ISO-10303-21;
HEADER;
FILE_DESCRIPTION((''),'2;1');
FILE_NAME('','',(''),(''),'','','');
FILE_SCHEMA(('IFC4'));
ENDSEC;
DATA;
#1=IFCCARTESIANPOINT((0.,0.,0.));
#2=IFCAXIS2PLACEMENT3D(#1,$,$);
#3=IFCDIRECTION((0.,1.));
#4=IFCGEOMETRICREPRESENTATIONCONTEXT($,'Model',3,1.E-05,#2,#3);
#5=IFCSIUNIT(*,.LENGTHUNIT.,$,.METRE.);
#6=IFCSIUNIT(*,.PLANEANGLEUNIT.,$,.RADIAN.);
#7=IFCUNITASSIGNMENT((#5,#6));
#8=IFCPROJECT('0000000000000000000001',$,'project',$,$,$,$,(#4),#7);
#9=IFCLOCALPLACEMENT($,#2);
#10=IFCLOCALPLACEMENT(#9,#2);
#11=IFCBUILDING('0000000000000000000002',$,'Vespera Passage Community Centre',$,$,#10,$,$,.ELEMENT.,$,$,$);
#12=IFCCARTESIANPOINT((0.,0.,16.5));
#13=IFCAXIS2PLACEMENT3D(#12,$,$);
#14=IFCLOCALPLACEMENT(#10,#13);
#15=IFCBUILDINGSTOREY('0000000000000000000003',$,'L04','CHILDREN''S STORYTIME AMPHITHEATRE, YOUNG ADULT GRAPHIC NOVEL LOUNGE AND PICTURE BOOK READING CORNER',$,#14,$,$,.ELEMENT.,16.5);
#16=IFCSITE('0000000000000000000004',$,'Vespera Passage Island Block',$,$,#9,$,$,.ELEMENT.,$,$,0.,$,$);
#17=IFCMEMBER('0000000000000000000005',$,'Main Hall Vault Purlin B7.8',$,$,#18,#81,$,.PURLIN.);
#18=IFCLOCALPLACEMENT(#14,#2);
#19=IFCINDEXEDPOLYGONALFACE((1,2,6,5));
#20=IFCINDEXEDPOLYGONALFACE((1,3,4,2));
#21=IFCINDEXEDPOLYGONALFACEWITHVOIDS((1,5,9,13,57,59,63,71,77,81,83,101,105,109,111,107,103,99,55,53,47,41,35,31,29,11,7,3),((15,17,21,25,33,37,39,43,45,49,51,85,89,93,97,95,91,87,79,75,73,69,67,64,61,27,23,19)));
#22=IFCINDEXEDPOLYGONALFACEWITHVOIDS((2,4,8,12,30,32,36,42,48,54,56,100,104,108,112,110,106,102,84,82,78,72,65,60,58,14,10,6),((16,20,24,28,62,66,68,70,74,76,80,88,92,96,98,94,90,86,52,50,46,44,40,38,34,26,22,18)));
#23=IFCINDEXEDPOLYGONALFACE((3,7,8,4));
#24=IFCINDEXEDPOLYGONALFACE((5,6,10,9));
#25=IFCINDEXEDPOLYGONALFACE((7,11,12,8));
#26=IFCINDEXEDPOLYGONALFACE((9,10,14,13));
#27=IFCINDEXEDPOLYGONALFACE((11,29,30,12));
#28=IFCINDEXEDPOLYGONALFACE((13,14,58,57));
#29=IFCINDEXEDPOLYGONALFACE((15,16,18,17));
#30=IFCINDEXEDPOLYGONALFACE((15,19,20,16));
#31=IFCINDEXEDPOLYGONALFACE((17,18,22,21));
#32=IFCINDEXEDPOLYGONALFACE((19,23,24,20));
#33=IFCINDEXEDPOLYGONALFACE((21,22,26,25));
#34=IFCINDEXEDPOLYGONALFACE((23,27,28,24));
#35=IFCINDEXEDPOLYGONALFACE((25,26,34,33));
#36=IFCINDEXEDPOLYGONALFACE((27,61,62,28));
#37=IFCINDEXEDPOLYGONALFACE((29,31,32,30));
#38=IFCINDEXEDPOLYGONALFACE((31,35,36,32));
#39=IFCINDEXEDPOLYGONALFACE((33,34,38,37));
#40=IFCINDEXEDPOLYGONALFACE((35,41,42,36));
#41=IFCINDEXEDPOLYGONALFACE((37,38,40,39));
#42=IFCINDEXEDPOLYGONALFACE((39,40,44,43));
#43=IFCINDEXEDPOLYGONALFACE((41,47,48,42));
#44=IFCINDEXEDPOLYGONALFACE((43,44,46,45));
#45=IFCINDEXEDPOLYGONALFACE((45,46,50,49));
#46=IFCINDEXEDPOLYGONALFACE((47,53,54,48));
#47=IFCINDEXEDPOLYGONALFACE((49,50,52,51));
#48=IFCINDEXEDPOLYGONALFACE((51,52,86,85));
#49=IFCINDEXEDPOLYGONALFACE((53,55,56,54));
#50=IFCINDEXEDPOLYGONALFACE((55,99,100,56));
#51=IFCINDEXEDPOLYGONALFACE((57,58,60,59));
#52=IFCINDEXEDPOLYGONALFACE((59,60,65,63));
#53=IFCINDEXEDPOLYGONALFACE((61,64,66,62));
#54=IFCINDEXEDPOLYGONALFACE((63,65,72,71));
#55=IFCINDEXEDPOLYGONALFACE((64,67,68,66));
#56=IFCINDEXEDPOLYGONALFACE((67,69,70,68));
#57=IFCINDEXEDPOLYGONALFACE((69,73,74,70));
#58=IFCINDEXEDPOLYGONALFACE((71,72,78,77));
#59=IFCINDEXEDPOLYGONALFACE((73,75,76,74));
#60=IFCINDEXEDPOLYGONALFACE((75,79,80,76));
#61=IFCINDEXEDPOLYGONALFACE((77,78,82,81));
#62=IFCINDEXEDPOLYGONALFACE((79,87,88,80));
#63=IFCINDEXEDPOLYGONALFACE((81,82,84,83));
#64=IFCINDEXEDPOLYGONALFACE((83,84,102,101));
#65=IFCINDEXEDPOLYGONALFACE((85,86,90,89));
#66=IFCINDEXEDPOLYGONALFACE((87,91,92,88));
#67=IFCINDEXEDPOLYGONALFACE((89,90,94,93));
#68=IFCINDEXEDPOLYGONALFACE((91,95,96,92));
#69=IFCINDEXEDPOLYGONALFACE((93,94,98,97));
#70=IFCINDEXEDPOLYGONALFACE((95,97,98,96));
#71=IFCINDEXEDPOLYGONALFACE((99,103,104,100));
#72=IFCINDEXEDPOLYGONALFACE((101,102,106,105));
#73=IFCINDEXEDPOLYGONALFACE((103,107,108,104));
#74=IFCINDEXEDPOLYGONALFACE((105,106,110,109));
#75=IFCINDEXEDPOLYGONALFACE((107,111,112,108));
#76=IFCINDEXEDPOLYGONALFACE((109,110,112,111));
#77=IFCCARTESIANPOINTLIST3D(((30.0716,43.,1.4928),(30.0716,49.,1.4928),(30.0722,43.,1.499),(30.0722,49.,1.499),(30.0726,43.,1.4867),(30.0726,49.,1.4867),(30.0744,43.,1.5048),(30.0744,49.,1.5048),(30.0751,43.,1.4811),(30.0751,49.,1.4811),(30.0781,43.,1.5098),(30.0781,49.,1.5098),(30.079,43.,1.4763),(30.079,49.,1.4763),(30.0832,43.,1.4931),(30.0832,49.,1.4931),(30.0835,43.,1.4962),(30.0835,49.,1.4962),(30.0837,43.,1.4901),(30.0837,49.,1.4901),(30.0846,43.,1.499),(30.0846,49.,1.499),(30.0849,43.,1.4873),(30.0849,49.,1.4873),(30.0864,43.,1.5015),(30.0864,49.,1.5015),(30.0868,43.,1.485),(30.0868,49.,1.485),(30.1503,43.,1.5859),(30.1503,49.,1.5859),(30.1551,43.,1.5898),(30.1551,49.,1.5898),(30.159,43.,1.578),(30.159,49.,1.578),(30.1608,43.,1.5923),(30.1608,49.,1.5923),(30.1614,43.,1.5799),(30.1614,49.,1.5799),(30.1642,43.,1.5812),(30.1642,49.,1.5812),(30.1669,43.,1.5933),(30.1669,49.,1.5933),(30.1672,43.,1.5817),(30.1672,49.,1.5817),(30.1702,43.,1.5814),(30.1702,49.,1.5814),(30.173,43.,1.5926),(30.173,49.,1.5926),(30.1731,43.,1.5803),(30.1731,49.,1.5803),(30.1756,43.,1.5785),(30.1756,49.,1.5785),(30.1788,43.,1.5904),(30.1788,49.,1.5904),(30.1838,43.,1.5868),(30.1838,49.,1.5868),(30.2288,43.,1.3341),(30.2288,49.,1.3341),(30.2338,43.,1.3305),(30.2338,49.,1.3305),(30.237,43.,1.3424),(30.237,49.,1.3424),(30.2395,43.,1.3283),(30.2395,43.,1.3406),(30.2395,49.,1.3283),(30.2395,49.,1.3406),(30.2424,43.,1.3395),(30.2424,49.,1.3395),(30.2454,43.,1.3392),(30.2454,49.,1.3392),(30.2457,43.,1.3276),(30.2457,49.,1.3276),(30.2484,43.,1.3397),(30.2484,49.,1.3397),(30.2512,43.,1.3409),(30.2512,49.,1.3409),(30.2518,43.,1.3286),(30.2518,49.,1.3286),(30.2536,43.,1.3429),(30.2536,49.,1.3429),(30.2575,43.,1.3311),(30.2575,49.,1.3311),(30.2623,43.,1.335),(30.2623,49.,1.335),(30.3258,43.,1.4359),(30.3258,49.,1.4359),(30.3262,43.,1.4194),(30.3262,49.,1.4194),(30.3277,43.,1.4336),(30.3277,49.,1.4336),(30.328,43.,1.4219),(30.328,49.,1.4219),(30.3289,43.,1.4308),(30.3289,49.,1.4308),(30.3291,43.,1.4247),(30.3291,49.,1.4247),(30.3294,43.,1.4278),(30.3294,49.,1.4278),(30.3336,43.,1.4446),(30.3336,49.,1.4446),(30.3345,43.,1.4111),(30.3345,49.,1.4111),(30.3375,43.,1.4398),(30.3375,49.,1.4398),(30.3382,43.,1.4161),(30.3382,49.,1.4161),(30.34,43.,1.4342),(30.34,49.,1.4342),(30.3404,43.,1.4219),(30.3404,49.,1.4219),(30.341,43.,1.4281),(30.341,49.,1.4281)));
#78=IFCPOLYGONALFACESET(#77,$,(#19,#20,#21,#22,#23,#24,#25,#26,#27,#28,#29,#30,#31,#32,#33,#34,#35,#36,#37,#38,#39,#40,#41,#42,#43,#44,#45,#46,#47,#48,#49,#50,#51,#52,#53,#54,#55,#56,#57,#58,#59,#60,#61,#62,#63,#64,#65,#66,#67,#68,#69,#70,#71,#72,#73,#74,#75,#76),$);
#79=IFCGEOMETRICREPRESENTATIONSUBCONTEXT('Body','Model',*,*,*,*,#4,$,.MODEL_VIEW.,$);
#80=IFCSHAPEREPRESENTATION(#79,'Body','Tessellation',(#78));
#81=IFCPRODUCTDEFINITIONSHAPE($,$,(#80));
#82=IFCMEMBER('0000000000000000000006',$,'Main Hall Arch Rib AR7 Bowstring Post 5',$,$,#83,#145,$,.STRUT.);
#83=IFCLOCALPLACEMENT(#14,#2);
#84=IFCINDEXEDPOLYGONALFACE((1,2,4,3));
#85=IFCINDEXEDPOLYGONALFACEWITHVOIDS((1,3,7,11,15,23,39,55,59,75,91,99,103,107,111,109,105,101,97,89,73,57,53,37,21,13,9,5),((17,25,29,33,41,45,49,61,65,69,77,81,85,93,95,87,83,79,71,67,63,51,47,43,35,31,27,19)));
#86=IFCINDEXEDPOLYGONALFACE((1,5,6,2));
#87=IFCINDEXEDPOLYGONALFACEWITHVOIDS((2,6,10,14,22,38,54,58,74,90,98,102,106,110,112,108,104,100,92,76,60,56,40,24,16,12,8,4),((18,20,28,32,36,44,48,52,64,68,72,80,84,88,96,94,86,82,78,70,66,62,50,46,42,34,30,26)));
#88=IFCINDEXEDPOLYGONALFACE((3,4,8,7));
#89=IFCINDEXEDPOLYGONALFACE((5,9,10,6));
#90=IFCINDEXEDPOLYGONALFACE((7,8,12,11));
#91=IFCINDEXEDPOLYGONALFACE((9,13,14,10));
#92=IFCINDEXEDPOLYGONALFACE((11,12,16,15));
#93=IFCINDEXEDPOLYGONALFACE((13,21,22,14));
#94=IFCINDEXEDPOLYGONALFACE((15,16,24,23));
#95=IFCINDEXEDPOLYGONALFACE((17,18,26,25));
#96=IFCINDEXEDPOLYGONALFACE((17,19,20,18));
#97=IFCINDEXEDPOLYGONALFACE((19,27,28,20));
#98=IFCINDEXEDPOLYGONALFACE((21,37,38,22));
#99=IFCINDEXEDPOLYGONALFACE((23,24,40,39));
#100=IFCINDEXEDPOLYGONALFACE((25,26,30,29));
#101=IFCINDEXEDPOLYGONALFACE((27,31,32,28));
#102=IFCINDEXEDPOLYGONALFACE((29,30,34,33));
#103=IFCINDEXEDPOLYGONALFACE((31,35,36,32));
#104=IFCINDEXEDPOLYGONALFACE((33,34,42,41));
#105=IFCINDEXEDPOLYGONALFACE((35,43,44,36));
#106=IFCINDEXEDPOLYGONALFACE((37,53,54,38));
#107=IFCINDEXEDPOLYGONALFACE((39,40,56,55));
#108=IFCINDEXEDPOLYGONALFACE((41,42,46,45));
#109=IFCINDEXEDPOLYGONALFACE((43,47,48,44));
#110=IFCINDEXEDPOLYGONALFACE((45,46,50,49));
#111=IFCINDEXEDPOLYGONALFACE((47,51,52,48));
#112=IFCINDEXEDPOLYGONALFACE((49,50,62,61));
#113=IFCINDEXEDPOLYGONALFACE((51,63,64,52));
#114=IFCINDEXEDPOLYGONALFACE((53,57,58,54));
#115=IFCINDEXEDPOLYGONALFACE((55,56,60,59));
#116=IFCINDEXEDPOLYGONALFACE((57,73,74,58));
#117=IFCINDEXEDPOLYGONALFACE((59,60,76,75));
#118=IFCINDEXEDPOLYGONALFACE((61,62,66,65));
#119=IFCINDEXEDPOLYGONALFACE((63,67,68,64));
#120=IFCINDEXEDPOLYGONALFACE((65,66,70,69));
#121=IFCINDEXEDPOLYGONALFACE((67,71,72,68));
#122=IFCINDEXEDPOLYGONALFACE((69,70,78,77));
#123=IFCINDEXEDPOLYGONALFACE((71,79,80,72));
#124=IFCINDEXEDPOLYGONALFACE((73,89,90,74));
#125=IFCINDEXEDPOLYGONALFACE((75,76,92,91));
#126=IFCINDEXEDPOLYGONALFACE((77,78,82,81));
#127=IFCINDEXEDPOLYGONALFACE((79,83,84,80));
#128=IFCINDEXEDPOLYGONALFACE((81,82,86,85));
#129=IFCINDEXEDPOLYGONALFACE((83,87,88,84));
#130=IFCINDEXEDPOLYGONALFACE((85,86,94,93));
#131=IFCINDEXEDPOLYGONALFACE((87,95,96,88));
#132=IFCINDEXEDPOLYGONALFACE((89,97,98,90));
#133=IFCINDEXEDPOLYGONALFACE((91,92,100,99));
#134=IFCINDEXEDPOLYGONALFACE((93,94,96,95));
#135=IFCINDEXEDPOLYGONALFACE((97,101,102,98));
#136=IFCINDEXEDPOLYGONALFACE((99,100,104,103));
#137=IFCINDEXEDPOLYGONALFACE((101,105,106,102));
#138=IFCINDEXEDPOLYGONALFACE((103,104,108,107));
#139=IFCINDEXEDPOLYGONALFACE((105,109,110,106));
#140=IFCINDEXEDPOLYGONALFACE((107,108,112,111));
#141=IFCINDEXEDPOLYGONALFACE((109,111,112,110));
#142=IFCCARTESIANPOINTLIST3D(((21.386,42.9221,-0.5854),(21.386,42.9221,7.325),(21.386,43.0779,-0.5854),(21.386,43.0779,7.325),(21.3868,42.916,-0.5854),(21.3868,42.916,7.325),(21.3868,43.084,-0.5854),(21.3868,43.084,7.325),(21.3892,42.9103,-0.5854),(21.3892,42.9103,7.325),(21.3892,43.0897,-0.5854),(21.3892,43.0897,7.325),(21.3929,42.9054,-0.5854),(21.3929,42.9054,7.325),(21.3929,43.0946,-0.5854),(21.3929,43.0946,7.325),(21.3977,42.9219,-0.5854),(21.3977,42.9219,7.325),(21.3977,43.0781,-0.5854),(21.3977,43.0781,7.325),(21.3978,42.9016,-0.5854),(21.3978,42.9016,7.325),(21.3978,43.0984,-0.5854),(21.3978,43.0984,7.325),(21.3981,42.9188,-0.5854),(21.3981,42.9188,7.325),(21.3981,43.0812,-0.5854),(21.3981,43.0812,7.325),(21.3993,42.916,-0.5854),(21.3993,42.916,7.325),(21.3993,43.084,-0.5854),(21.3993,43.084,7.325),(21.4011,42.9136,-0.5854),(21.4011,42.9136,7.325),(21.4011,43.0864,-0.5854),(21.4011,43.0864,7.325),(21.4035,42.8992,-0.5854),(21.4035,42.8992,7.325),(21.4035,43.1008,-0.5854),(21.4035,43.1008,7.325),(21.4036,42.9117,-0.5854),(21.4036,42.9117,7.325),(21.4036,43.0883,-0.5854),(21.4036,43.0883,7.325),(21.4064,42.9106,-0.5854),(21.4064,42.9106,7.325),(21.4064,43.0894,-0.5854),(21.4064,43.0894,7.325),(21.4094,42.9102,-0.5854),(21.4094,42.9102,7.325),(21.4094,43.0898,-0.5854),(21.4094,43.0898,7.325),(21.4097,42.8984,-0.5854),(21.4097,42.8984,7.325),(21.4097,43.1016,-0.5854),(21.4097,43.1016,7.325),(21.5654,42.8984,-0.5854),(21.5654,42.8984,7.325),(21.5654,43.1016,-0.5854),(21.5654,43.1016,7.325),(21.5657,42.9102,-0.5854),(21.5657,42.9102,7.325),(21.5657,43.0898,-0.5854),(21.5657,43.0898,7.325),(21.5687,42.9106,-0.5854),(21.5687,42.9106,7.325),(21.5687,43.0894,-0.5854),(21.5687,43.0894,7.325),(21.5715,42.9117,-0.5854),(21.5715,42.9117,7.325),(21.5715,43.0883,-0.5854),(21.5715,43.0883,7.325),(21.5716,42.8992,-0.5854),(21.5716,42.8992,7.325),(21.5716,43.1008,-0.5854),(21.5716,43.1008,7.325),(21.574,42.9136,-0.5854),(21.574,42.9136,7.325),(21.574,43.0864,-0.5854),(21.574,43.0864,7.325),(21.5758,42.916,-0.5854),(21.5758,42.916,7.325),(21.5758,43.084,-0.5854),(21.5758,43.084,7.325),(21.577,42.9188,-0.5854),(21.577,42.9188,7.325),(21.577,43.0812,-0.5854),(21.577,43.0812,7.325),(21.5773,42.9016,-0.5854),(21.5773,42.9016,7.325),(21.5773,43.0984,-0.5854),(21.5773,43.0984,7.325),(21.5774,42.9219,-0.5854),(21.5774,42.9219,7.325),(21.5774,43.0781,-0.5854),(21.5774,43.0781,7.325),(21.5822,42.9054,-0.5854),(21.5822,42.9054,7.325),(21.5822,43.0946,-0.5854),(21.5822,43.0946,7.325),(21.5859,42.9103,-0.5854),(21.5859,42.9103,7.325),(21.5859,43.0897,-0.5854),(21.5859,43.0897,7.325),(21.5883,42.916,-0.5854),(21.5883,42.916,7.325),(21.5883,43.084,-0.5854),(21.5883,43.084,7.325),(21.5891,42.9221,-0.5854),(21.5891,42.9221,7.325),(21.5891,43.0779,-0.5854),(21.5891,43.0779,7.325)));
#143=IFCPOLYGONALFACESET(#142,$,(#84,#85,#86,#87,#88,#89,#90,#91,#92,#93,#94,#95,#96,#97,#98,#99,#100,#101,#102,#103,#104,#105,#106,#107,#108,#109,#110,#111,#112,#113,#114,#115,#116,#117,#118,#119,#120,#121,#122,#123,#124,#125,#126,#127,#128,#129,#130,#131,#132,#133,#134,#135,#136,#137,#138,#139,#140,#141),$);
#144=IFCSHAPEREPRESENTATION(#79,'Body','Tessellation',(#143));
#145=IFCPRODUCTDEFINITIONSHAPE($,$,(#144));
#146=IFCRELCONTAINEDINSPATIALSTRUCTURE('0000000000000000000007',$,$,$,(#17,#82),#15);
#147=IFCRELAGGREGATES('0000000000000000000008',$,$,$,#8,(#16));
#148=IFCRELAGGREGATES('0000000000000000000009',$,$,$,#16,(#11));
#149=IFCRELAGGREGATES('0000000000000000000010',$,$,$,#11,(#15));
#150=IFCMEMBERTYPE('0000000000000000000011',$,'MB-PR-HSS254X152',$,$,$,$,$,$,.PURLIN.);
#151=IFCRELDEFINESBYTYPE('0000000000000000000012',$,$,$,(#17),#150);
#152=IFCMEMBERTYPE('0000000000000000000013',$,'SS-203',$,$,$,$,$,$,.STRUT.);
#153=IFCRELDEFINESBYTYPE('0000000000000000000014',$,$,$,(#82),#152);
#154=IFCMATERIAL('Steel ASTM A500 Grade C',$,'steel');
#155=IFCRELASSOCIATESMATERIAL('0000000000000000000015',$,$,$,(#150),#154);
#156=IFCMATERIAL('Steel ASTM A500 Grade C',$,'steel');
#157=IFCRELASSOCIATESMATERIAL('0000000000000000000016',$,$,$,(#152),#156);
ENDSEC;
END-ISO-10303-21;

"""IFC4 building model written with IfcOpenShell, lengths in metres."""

from ifc_helpers import new_model, si_unit, direction, frame, origin, origin_2d, place, context, subcontext, project, spatial, hollow_rectangle, extrude, material, material_profile, profile_set, type_object, element, save


model = new_model("IFC4")

# Units and contexts
model_context = context("Model", 3, precision=1e-05, world=origin(), true_north=direction((0.0, 1.0)))
body_context = subcontext(model_context, "Body", "Model", "MODEL_VIEW")
ifc_project = project(units=[si_unit("LENGTHUNIT", "METRE"), si_unit("PLANEANGLEUNIT", "RADIAN")], contexts=[model_context])

# Site, building, storey
site_placement = place(None, origin())
site = spatial("IfcSite", under=ifc_project, at=site_placement, Name="Vespera Passage Island Block", CompositionType="ELEMENT", RefElevation=0.0)
building_placement = place(site_placement, origin())
building = spatial("IfcBuilding", under=site, at=building_placement, Name="Vespera Passage Community Centre", CompositionType="ELEMENT")
storey_placement = place(building_placement, frame((0.0, 0.0, 16.5)))
storey = spatial("IfcBuildingStorey", under=building, at=storey_placement, Name="L04", Description="CHILDREN'S STORYTIME AMPHITHEATRE, YOUNG ADULT GRAPHIC NOVEL LOUNGE AND PICTURE BOOK READING CORNER", CompositionType="ELEMENT", Elevation=16.5)

# Members
ifc_material_1 = material(Name="Steel ASTM A500 Grade C", Category="steel")
ifc_material_profile_1 = material_profile(ifc_material_1, hollow_rectangle(XDim=0.1523, YDim=0.2539, WallThickness=0.0117, InnerFilletRadius=0.0117, OuterFilletRadius=0.0237, at=origin_2d()), Name="HSS254X152X12.7")
ifc_profile_set_1 = profile_set([ifc_material_profile_1], Name="Steel ASTM A500 Grade C")
member_type_1 = type_object("IfcMemberType", Name="MB-PR-HSS254X152", PredefinedType="PURLIN", material=ifc_profile_set_1)
for number, where, z_axis, x_axis, name in (
    (1, (30.2063, 43.0, 1.4604), (0.0, 1.0, 0.0), (-0.688355, 0.0, -0.725374), "Main Hall Vault Purlin B7.8"),
):
    element("IfcMember", number, at=place(storey_placement, frame(where, z_axis=z_axis, x_axis=x_axis)), inside=storey, type_object=member_type_1, Name=name, PredefinedType="PURLIN", context=body_context, shape_type="SweptSolid", body=[
        extrude(hollow_rectangle(XDim=0.1523, YDim=0.2539, WallThickness=0.0117, InnerFilletRadius=0.0117, OuterFilletRadius=0.0237, at=origin_2d()), origin(), (0.0, 0.0, 1.0), 6.0),
    ])
ifc_material_2 = material(Name="Steel ASTM A500 Grade C", Category="steel")
ifc_material_profile_2 = material_profile(ifc_material_2, hollow_rectangle(XDim=0.2031, YDim=0.2031, WallThickness=0.0117, InnerFilletRadius=0.0117, OuterFilletRadius=0.0237, at=origin_2d()), Name="HSS203X203X12.7")
ifc_profile_set_2 = profile_set([ifc_material_profile_2], Name="Steel ASTM A500 Grade C")
member_type_2 = type_object("IfcMemberType", Name="SS-203", PredefinedType="STRUT", material=ifc_profile_set_2)
member_1_placement = place(storey_placement, frame((21.4875, 43.0, -0.5854), z_axis=(0.0, 0.0, 1.0), x_axis=(1.0, 0.0, 0.0)))
element("IfcMember", 2, at=member_1_placement, inside=storey, type_object=member_type_2, Name="Main Hall Arch Rib AR7 Bowstring Post 5", PredefinedType="STRUT", context=body_context, shape_type="SweptSolid", body=[
    extrude(hollow_rectangle(XDim=0.2031, YDim=0.2031, WallThickness=0.0117, InnerFilletRadius=0.0117, OuterFilletRadius=0.0237, at=origin_2d()), origin(), (0.0, 0.0, 1.0), 7.9104),
])

save(model, "model.ifc")
